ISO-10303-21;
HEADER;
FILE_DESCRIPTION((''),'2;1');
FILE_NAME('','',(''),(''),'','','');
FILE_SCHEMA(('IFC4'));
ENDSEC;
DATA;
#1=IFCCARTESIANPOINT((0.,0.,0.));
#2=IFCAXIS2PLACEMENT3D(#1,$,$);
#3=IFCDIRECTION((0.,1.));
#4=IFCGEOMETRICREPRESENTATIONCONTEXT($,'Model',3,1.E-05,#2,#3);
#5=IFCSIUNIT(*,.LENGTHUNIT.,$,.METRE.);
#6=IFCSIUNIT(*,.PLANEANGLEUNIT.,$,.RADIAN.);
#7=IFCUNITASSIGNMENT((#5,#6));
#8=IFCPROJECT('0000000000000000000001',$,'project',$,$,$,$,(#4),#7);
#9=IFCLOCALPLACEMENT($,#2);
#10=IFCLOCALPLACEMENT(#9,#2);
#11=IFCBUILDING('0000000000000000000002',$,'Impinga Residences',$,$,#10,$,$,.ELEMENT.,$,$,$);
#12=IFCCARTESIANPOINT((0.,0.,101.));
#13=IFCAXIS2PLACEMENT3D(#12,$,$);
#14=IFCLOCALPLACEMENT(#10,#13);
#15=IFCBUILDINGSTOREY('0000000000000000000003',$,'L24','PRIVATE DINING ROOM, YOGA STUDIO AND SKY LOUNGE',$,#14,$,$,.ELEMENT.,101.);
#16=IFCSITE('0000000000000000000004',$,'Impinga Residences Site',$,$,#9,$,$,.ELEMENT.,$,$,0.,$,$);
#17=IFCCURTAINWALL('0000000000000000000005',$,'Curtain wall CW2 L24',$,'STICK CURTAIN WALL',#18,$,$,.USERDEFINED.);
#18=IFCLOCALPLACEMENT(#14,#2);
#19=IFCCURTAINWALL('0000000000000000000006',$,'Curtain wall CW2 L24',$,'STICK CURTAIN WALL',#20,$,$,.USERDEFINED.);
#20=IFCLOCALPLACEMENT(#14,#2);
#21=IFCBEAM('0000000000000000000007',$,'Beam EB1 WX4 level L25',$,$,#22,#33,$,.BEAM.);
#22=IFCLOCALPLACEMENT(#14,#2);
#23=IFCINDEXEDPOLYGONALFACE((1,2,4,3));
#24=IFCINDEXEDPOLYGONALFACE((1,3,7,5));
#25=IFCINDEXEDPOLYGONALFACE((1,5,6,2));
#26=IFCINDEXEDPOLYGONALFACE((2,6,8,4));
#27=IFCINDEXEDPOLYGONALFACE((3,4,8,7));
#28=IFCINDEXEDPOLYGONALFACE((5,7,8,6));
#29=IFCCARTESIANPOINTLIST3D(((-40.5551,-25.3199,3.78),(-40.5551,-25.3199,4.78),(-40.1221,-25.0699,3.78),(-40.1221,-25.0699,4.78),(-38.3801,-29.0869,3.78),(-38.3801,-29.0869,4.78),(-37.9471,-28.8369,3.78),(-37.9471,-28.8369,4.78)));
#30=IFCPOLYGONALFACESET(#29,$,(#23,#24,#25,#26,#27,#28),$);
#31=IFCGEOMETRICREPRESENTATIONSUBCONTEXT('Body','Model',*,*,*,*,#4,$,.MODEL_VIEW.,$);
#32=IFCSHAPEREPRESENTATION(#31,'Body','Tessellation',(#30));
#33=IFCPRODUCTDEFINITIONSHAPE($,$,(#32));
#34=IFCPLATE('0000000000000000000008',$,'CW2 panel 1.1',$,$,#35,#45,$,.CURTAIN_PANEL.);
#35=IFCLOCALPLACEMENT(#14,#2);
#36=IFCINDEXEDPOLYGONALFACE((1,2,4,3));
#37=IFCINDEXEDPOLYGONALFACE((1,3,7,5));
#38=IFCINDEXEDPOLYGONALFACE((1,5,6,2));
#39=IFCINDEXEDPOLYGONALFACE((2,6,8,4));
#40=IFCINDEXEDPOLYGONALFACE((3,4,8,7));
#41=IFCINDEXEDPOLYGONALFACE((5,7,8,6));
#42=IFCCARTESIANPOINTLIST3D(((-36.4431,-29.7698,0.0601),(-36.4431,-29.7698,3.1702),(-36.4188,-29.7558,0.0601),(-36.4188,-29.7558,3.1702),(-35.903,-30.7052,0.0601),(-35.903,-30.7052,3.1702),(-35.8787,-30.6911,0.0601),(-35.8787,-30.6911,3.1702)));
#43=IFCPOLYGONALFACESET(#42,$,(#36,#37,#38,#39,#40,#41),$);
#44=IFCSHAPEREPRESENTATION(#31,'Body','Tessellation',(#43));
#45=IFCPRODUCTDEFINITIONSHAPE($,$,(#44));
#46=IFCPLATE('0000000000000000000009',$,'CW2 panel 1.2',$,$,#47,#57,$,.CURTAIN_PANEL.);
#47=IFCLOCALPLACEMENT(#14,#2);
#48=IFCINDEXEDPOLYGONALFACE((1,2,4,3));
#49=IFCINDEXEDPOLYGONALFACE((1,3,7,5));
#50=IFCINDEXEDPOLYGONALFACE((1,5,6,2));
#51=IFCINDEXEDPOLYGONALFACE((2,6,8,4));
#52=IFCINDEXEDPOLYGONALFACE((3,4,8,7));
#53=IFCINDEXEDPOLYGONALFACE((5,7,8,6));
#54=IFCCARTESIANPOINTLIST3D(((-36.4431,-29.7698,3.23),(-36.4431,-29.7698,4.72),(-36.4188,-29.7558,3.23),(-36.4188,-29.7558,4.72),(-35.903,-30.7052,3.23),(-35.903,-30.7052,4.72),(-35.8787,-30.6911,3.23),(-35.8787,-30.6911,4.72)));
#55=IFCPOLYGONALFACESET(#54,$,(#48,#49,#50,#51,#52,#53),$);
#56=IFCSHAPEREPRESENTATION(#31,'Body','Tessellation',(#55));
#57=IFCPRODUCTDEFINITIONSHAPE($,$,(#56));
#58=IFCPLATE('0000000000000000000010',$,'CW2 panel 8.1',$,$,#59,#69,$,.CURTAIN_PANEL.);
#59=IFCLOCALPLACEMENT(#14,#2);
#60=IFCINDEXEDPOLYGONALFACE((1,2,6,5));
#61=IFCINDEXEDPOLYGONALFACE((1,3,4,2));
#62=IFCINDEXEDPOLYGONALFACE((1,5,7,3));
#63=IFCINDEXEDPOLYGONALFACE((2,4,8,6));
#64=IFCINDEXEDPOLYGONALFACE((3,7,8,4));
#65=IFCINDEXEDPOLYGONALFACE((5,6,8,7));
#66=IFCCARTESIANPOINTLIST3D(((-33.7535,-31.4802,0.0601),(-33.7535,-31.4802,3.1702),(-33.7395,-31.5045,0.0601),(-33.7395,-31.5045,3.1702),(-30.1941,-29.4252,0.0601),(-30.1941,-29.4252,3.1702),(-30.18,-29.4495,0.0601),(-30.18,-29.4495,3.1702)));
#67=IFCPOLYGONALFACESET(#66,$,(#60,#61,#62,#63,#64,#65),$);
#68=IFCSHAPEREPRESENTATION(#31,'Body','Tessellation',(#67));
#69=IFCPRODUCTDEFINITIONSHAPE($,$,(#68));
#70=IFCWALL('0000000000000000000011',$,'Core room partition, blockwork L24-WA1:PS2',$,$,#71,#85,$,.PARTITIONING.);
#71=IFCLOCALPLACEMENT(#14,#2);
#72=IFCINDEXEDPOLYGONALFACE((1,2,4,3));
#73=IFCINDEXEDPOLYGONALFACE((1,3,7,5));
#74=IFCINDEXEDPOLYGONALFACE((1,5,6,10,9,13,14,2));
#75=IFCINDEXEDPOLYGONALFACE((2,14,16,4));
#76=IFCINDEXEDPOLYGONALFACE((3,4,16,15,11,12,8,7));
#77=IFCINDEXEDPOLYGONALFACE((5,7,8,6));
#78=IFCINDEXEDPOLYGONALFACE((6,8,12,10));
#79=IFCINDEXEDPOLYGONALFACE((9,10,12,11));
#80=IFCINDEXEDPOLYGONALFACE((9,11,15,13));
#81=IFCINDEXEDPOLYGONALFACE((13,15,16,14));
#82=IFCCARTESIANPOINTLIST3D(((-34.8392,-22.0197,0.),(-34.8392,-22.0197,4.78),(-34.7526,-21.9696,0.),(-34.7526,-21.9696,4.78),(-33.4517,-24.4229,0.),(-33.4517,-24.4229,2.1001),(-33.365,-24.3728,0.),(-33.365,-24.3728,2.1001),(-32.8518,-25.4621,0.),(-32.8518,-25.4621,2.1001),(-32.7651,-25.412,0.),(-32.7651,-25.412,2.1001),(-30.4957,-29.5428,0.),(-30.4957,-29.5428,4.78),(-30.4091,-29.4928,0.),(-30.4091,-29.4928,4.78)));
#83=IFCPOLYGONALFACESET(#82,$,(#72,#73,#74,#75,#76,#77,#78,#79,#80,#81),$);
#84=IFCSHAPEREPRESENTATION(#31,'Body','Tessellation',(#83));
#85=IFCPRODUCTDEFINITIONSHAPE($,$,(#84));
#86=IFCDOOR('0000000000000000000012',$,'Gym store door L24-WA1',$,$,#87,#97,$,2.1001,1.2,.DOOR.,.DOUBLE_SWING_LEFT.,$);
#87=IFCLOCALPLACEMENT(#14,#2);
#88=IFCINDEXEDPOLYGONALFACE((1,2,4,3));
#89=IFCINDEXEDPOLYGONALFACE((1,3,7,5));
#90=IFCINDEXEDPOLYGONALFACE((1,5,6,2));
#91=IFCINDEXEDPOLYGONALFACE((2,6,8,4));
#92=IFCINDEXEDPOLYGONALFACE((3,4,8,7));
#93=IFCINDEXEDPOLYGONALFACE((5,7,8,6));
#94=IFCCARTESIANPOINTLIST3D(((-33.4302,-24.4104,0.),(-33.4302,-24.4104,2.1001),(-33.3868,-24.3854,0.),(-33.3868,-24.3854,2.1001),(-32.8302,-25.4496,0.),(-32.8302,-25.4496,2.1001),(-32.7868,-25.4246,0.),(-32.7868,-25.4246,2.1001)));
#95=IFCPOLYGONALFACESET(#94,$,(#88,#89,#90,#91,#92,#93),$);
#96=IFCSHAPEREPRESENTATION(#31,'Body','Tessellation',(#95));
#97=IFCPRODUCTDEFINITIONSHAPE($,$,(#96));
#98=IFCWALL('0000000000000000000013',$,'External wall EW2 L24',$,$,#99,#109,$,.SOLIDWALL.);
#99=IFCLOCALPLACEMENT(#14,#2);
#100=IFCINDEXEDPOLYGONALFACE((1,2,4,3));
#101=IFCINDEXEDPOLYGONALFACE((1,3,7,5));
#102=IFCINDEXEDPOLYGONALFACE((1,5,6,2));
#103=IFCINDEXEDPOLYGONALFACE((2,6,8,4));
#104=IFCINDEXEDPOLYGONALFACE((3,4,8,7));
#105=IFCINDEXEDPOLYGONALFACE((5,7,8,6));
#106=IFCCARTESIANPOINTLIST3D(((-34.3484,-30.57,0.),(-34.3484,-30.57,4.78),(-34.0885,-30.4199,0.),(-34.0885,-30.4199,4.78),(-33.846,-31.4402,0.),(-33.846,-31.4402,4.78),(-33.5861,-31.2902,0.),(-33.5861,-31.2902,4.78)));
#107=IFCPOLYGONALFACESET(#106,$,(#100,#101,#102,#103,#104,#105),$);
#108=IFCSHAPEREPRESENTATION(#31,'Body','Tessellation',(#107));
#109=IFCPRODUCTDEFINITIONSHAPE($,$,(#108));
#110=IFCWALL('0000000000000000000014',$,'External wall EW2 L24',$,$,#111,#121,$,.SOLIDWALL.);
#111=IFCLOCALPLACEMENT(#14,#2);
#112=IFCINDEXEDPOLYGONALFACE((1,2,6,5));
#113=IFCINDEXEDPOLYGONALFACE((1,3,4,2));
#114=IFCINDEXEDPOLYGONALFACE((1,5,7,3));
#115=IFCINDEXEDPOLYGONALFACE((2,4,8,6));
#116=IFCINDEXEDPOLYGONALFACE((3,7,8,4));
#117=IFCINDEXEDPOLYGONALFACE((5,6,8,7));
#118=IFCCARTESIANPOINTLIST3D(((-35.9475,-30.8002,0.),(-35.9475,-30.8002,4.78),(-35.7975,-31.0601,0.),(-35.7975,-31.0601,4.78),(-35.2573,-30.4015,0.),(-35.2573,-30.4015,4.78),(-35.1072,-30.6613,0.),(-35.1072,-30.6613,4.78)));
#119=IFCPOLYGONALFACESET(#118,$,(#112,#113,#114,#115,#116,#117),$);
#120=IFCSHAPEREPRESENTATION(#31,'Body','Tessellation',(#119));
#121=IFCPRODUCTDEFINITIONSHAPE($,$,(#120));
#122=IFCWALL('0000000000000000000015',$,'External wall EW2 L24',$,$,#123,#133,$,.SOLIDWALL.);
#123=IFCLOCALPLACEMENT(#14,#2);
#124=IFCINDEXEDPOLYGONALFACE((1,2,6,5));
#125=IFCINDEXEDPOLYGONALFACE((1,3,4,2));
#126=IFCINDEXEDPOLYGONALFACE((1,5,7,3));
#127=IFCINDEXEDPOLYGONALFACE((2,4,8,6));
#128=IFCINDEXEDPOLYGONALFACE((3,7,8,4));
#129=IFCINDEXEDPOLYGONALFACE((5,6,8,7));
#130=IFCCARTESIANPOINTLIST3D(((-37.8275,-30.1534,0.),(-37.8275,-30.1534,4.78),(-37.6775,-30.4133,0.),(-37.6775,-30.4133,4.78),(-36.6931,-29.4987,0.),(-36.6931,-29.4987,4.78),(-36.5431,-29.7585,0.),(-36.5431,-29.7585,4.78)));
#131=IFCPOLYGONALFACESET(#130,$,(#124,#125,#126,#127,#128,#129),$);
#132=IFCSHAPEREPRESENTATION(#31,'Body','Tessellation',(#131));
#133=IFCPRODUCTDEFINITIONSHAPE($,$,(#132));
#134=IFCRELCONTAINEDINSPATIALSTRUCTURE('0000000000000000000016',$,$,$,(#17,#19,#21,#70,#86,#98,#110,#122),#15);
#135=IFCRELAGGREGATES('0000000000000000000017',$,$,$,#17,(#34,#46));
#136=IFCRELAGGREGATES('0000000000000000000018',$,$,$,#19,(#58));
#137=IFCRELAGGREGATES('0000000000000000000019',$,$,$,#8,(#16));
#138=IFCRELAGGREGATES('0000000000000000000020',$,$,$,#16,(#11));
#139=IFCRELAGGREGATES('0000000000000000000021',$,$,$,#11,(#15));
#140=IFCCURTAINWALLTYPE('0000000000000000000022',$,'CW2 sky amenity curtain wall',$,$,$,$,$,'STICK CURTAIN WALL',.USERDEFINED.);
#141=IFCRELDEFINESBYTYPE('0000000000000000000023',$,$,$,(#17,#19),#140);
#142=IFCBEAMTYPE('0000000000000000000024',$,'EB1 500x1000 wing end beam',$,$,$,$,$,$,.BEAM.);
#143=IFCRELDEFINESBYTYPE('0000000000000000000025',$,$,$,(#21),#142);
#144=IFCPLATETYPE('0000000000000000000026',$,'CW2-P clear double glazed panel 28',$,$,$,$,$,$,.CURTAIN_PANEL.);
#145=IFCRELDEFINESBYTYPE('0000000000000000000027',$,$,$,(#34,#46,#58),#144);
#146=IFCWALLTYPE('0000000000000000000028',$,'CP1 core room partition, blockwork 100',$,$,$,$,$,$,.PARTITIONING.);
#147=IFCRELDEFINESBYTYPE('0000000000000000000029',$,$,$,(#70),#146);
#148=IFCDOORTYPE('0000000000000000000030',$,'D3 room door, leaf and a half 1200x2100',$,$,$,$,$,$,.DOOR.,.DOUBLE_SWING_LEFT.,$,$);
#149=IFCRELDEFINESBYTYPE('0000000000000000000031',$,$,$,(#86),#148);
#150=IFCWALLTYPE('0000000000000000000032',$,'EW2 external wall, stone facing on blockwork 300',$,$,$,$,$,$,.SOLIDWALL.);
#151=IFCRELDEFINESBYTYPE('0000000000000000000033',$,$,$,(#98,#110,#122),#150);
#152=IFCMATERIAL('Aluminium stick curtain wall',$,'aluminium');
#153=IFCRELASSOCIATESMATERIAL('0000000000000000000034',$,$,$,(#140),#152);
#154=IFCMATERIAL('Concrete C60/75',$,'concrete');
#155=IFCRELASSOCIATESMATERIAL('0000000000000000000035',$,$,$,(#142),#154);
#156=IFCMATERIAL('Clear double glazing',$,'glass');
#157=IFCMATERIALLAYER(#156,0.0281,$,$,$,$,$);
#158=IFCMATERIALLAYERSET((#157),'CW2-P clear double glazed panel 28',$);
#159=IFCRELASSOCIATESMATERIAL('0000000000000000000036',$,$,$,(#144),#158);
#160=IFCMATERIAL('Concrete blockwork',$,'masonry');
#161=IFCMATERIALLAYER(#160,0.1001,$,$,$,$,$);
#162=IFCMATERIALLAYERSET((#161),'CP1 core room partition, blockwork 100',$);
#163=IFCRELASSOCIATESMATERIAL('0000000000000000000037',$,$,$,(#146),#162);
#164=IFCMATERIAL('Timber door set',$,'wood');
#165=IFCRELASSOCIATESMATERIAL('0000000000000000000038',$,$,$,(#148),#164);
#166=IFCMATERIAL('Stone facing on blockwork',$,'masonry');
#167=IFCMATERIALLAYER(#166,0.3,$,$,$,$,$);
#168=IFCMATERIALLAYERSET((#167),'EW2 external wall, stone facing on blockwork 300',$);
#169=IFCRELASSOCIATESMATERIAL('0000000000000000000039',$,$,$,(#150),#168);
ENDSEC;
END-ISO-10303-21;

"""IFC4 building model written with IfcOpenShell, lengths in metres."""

from ifc_helpers import new_model, si_unit, direction, frame, frame_2d, origin, origin_2d, place, context, subcontext, project, spatial, rectangle, extrude, material, layer, layer_set, material_profile, profile_set, type_object, element, fill, aggregate, save


model = new_model("IFC4")

# Units and contexts
model_context = context("Model", 3, precision=1e-05, world=origin(), true_north=direction((0.0, 1.0)))
body_context = subcontext(model_context, "Body", "Model", "MODEL_VIEW")
ifc_project = project(units=[si_unit("LENGTHUNIT", "METRE"), si_unit("PLANEANGLEUNIT", "RADIAN")], contexts=[model_context])

# Site, building, storey
site_placement = place(None, origin())
site = spatial("IfcSite", under=ifc_project, at=site_placement, Name="Impinga Residences Site", CompositionType="ELEMENT", RefElevation=0.0)
building_placement = place(site_placement, origin())
building = spatial("IfcBuilding", under=site, at=building_placement, Name="Impinga Residences", CompositionType="ELEMENT")
storey_placement = place(building_placement, frame((0.0, 0.0, 101.0)))
storey = spatial("IfcBuildingStorey", under=building, at=storey_placement, Name="L24", Description="PRIVATE DINING ROOM, YOGA STUDIO AND SKY LOUNGE", CompositionType="ELEMENT", Elevation=101.0)

# Shared definitions
ifc_material_1 = material(Name="Concrete C60/75", Category="concrete")

# Curtain wall
ifc_material_2 = material(Name="Aluminium stick curtain wall", Category="aluminium")
curtain_wall_type = type_object("IfcCurtainWallType", Name="CW2 sky amenity curtain wall", ElementType="STICK CURTAIN WALL", PredefinedType="USERDEFINED", material=ifc_material_2)
curtain_wall_1_placement = place(storey_placement, origin())
curtain_wall_1 = element("IfcCurtainWall", 1, at=curtain_wall_1_placement, inside=storey, type_object=curtain_wall_type, Name="Curtain wall CW2 L24", ObjectType="STICK CURTAIN WALL", PredefinedType="USERDEFINED")

# Curtain wall
curtain_wall_2_placement = place(storey_placement, origin())
curtain_wall_2 = element("IfcCurtainWall", 2, at=curtain_wall_2_placement, inside=storey, type_object=curtain_wall_type, Name="Curtain wall CW2 L24", ObjectType="STICK CURTAIN WALL", PredefinedType="USERDEFINED")

# Beam
ifc_material_profile_1 = material_profile(ifc_material_1, rectangle(XDim=0.5, YDim=1.0, at=origin_2d()), Name="RC 500x1000")
ifc_profile_set_1 = profile_set([ifc_material_profile_1], Name="Concrete C60/75")
beam_type_1 = type_object("IfcBeamType", Name="EB1 500x1000 wing end beam", PredefinedType="BEAM", material=ifc_profile_set_1)
beam_1_placement = place(storey_placement, frame((-38.1636, -28.9619, 4.28), z_axis=(-0.50002, 0.866014, 0.0), x_axis=(-0.866014, -0.50002, 0.0)))
element("IfcBeam", 3, at=beam_1_placement, inside=storey, type_object=beam_type_1, Name="Beam EB1 WX4 level L25", PredefinedType="BEAM", context=body_context, shape_type="SweptSolid", body=[
    extrude(rectangle(XDim=0.5, YDim=1.0, at=origin_2d()), origin(), (0.0, 0.0, 1.0), 4.3499),
])

# Plates
ifc_material_3 = material(Name="Clear double glazing", Category="glass")
ifc_layer_1 = layer(ifc_material_3, 0.0281)
ifc_layer_set_1 = layer_set([ifc_layer_1], Name="CW2-P clear double glazed panel 28")
plate_type = type_object("IfcPlateType", Name="CW2-P clear double glazed panel 28", PredefinedType="CURTAIN_PANEL", material=ifc_layer_set_1)
plate_1_placement = place(storey_placement, frame((-36.1609, -30.2305, 0.0601), z_axis=(0.0, 0.0, 1.0), x_axis=(-0.5, 0.866026, 0.0)))
plate_1 = element("IfcPlate", 4, at=plate_1_placement, type_object=plate_type, Name="CW2 panel 1.1", PredefinedType="CURTAIN_PANEL", context=body_context, shape_type="SweptSolid", body=[
    extrude(rectangle(XDim=1.0801, YDim=0.0281, at=origin_2d()), origin(), (0.0, 0.0, 1.0), 3.1101),
])
plate_2_placement = place(storey_placement, frame((-36.1609, -30.2305, 3.23), z_axis=(0.0, 0.0, 1.0), x_axis=(-0.5, 0.866026, 0.0)))
plate_2 = element("IfcPlate", 5, at=plate_2_placement, type_object=plate_type, Name="CW2 panel 1.2", PredefinedType="CURTAIN_PANEL", context=body_context, shape_type="SweptSolid", body=[
    extrude(rectangle(XDim=1.0801, YDim=0.0281, at=origin_2d()), origin(), (0.0, 0.0, 1.0), 1.49),
])
aggregate(curtain_wall_1, [plate_1, plate_2])
plate_3_placement = place(storey_placement, frame((-31.9668, -30.4648, 0.0601), z_axis=(0.0, 0.0, 1.0), x_axis=(-0.866025, -0.5, 0.0)))
plate_3 = element("IfcPlate", 6, at=plate_3_placement, type_object=plate_type, Name="CW2 panel 8.1", PredefinedType="CURTAIN_PANEL", context=body_context, shape_type="SweptSolid", body=[
    extrude(rectangle(XDim=4.1101, YDim=0.0281, at=origin_2d()), origin(), (0.0, 0.0, 1.0), 3.1101),
])
aggregate(curtain_wall_2, [plate_3])

# Wall, opening, door
ifc_material_4 = material(Name="Concrete blockwork", Category="masonry")
ifc_layer_2 = layer(ifc_material_4, 0.1001)
ifc_layer_set_2 = layer_set([ifc_layer_2], Name="CP1 core room partition, blockwork 100")
wall_type_1 = type_object("IfcWallType", Name="CP1 core room partition, blockwork 100", PredefinedType="PARTITIONING", material=ifc_layer_set_2)
wall_1_placement = place(storey_placement, frame((-34.7959, -21.9946, 0.0), z_axis=(0.0, 0.0, 1.0), x_axis=(0.499999, -0.866026, 0.0)))
wall_1 = element("IfcWall", 7, at=wall_1_placement, inside=storey, type_object=wall_type_1, Name="Core room partition, blockwork L24-WA1:PS2", PredefinedType="PARTITIONING", context=body_context, shape_type="SweptSolid", body=[
    extrude(rectangle(XDim=8.687, YDim=0.1001, at=frame_2d((4.3435, 0.0))), origin(), (0.0, 0.0, 1.0), 4.78),
])
opening_placement = place(wall_1_placement, frame((2.7749, 0.0, 0.0)))
opening = element("IfcOpeningElement", 8, at=opening_placement, cuts=wall_1, PredefinedType="OPENING", context=body_context, shape_type="SweptSolid", body=[
    extrude(rectangle(XDim=1.2, YDim=2.1001, at=frame_2d((0.6001, 1.05))), frame((0.0, 0.0601, 0.0), z_axis=(0.0, -1.0, 0.0), x_axis=(1.0, 0.0, 0.0)), (0.0, 0.0, 1.0), 0.1201),
])
ifc_material_5 = material(Name="Timber door set", Category="wood")
door_type = type_object("IfcDoorType", Name="D3 room door, leaf and a half 1200x2100", OperationType="DOUBLE_SWING_LEFT", PredefinedType="DOOR", material=ifc_material_5)
door_placement = place(opening_placement, origin())
door = element("IfcDoor", 9, at=door_placement, inside=storey, type_object=door_type, Name="Gym store door L24-WA1", OperationType="DOUBLE_SWING_LEFT", OverallHeight=2.1001, OverallWidth=1.2, PredefinedType="DOOR", context=body_context, shape_type="SweptSolid", body=[
    extrude(rectangle(XDim=1.2, YDim=2.1001, at=frame_2d((0.6001, 1.05))), frame((0.0, 0.0249, 0.0), z_axis=(0.0, -1.0, 0.0), x_axis=(1.0, 0.0, 0.0)), (0.0, 0.0, 1.0), 0.05),
])
fill(opening, door)

# Walls
ifc_material_6 = material(Name="Stone facing on blockwork", Category="masonry")
ifc_layer_3 = layer(ifc_material_6, 0.3)
ifc_layer_set_3 = layer_set([ifc_layer_3], Name="EW2 external wall, stone facing on blockwork 300")
wall_type_2 = type_object("IfcWallType", Name="EW2 external wall, stone facing on blockwork 300", PredefinedType="SOLIDWALL", material=ifc_layer_set_3)
wall_2_placement = place(storey_placement, frame((-33.7161, -31.3652, 0.0), z_axis=(0.0, 0.0, 1.0), x_axis=(-0.499954, 0.866052, 0.0)))
element("IfcWall", 10, at=wall_2_placement, inside=storey, type_object=wall_type_2, Name="External wall EW2 L24", PredefinedType="SOLIDWALL", context=body_context, shape_type="SweptSolid", body=[
    extrude(rectangle(XDim=1.0049, YDim=0.3, at=frame_2d((0.5024, 0.0))), origin(), (0.0, 0.0, 1.0), 4.78),
])
wall_3_placement = place(storey_placement, frame((-35.1824, -30.5315, 0.0), z_axis=(0.0, 0.0, 1.0), x_axis=(-0.865915, -0.500191, 0.0)))
element("IfcWall", 11, at=wall_3_placement, inside=storey, type_object=wall_type_2, Name="External wall EW2 L24", PredefinedType="SOLIDWALL", context=body_context, shape_type="SweptSolid", body=[
    extrude(rectangle(XDim=0.7971, YDim=0.3, at=frame_2d((0.3984, 0.0))), origin(), (0.0, 0.0, 1.0), 4.78),
])
wall_4_placement = place(storey_placement, frame((-36.6182, -29.6287, 0.0), z_axis=(0.0, 0.0, 1.0), x_axis=(-0.866102, -0.499868, 0.0)))
element("IfcWall", 12, at=wall_4_placement, inside=storey, type_object=wall_type_2, Name="External wall EW2 L24", PredefinedType="SOLIDWALL", context=body_context, shape_type="SweptSolid", body=[
    extrude(rectangle(XDim=1.3098, YDim=0.3, at=frame_2d((0.6548, 0.0))), origin(), (0.0, 0.0, 1.0), 4.78),
])

save(model, "model.ifc")
